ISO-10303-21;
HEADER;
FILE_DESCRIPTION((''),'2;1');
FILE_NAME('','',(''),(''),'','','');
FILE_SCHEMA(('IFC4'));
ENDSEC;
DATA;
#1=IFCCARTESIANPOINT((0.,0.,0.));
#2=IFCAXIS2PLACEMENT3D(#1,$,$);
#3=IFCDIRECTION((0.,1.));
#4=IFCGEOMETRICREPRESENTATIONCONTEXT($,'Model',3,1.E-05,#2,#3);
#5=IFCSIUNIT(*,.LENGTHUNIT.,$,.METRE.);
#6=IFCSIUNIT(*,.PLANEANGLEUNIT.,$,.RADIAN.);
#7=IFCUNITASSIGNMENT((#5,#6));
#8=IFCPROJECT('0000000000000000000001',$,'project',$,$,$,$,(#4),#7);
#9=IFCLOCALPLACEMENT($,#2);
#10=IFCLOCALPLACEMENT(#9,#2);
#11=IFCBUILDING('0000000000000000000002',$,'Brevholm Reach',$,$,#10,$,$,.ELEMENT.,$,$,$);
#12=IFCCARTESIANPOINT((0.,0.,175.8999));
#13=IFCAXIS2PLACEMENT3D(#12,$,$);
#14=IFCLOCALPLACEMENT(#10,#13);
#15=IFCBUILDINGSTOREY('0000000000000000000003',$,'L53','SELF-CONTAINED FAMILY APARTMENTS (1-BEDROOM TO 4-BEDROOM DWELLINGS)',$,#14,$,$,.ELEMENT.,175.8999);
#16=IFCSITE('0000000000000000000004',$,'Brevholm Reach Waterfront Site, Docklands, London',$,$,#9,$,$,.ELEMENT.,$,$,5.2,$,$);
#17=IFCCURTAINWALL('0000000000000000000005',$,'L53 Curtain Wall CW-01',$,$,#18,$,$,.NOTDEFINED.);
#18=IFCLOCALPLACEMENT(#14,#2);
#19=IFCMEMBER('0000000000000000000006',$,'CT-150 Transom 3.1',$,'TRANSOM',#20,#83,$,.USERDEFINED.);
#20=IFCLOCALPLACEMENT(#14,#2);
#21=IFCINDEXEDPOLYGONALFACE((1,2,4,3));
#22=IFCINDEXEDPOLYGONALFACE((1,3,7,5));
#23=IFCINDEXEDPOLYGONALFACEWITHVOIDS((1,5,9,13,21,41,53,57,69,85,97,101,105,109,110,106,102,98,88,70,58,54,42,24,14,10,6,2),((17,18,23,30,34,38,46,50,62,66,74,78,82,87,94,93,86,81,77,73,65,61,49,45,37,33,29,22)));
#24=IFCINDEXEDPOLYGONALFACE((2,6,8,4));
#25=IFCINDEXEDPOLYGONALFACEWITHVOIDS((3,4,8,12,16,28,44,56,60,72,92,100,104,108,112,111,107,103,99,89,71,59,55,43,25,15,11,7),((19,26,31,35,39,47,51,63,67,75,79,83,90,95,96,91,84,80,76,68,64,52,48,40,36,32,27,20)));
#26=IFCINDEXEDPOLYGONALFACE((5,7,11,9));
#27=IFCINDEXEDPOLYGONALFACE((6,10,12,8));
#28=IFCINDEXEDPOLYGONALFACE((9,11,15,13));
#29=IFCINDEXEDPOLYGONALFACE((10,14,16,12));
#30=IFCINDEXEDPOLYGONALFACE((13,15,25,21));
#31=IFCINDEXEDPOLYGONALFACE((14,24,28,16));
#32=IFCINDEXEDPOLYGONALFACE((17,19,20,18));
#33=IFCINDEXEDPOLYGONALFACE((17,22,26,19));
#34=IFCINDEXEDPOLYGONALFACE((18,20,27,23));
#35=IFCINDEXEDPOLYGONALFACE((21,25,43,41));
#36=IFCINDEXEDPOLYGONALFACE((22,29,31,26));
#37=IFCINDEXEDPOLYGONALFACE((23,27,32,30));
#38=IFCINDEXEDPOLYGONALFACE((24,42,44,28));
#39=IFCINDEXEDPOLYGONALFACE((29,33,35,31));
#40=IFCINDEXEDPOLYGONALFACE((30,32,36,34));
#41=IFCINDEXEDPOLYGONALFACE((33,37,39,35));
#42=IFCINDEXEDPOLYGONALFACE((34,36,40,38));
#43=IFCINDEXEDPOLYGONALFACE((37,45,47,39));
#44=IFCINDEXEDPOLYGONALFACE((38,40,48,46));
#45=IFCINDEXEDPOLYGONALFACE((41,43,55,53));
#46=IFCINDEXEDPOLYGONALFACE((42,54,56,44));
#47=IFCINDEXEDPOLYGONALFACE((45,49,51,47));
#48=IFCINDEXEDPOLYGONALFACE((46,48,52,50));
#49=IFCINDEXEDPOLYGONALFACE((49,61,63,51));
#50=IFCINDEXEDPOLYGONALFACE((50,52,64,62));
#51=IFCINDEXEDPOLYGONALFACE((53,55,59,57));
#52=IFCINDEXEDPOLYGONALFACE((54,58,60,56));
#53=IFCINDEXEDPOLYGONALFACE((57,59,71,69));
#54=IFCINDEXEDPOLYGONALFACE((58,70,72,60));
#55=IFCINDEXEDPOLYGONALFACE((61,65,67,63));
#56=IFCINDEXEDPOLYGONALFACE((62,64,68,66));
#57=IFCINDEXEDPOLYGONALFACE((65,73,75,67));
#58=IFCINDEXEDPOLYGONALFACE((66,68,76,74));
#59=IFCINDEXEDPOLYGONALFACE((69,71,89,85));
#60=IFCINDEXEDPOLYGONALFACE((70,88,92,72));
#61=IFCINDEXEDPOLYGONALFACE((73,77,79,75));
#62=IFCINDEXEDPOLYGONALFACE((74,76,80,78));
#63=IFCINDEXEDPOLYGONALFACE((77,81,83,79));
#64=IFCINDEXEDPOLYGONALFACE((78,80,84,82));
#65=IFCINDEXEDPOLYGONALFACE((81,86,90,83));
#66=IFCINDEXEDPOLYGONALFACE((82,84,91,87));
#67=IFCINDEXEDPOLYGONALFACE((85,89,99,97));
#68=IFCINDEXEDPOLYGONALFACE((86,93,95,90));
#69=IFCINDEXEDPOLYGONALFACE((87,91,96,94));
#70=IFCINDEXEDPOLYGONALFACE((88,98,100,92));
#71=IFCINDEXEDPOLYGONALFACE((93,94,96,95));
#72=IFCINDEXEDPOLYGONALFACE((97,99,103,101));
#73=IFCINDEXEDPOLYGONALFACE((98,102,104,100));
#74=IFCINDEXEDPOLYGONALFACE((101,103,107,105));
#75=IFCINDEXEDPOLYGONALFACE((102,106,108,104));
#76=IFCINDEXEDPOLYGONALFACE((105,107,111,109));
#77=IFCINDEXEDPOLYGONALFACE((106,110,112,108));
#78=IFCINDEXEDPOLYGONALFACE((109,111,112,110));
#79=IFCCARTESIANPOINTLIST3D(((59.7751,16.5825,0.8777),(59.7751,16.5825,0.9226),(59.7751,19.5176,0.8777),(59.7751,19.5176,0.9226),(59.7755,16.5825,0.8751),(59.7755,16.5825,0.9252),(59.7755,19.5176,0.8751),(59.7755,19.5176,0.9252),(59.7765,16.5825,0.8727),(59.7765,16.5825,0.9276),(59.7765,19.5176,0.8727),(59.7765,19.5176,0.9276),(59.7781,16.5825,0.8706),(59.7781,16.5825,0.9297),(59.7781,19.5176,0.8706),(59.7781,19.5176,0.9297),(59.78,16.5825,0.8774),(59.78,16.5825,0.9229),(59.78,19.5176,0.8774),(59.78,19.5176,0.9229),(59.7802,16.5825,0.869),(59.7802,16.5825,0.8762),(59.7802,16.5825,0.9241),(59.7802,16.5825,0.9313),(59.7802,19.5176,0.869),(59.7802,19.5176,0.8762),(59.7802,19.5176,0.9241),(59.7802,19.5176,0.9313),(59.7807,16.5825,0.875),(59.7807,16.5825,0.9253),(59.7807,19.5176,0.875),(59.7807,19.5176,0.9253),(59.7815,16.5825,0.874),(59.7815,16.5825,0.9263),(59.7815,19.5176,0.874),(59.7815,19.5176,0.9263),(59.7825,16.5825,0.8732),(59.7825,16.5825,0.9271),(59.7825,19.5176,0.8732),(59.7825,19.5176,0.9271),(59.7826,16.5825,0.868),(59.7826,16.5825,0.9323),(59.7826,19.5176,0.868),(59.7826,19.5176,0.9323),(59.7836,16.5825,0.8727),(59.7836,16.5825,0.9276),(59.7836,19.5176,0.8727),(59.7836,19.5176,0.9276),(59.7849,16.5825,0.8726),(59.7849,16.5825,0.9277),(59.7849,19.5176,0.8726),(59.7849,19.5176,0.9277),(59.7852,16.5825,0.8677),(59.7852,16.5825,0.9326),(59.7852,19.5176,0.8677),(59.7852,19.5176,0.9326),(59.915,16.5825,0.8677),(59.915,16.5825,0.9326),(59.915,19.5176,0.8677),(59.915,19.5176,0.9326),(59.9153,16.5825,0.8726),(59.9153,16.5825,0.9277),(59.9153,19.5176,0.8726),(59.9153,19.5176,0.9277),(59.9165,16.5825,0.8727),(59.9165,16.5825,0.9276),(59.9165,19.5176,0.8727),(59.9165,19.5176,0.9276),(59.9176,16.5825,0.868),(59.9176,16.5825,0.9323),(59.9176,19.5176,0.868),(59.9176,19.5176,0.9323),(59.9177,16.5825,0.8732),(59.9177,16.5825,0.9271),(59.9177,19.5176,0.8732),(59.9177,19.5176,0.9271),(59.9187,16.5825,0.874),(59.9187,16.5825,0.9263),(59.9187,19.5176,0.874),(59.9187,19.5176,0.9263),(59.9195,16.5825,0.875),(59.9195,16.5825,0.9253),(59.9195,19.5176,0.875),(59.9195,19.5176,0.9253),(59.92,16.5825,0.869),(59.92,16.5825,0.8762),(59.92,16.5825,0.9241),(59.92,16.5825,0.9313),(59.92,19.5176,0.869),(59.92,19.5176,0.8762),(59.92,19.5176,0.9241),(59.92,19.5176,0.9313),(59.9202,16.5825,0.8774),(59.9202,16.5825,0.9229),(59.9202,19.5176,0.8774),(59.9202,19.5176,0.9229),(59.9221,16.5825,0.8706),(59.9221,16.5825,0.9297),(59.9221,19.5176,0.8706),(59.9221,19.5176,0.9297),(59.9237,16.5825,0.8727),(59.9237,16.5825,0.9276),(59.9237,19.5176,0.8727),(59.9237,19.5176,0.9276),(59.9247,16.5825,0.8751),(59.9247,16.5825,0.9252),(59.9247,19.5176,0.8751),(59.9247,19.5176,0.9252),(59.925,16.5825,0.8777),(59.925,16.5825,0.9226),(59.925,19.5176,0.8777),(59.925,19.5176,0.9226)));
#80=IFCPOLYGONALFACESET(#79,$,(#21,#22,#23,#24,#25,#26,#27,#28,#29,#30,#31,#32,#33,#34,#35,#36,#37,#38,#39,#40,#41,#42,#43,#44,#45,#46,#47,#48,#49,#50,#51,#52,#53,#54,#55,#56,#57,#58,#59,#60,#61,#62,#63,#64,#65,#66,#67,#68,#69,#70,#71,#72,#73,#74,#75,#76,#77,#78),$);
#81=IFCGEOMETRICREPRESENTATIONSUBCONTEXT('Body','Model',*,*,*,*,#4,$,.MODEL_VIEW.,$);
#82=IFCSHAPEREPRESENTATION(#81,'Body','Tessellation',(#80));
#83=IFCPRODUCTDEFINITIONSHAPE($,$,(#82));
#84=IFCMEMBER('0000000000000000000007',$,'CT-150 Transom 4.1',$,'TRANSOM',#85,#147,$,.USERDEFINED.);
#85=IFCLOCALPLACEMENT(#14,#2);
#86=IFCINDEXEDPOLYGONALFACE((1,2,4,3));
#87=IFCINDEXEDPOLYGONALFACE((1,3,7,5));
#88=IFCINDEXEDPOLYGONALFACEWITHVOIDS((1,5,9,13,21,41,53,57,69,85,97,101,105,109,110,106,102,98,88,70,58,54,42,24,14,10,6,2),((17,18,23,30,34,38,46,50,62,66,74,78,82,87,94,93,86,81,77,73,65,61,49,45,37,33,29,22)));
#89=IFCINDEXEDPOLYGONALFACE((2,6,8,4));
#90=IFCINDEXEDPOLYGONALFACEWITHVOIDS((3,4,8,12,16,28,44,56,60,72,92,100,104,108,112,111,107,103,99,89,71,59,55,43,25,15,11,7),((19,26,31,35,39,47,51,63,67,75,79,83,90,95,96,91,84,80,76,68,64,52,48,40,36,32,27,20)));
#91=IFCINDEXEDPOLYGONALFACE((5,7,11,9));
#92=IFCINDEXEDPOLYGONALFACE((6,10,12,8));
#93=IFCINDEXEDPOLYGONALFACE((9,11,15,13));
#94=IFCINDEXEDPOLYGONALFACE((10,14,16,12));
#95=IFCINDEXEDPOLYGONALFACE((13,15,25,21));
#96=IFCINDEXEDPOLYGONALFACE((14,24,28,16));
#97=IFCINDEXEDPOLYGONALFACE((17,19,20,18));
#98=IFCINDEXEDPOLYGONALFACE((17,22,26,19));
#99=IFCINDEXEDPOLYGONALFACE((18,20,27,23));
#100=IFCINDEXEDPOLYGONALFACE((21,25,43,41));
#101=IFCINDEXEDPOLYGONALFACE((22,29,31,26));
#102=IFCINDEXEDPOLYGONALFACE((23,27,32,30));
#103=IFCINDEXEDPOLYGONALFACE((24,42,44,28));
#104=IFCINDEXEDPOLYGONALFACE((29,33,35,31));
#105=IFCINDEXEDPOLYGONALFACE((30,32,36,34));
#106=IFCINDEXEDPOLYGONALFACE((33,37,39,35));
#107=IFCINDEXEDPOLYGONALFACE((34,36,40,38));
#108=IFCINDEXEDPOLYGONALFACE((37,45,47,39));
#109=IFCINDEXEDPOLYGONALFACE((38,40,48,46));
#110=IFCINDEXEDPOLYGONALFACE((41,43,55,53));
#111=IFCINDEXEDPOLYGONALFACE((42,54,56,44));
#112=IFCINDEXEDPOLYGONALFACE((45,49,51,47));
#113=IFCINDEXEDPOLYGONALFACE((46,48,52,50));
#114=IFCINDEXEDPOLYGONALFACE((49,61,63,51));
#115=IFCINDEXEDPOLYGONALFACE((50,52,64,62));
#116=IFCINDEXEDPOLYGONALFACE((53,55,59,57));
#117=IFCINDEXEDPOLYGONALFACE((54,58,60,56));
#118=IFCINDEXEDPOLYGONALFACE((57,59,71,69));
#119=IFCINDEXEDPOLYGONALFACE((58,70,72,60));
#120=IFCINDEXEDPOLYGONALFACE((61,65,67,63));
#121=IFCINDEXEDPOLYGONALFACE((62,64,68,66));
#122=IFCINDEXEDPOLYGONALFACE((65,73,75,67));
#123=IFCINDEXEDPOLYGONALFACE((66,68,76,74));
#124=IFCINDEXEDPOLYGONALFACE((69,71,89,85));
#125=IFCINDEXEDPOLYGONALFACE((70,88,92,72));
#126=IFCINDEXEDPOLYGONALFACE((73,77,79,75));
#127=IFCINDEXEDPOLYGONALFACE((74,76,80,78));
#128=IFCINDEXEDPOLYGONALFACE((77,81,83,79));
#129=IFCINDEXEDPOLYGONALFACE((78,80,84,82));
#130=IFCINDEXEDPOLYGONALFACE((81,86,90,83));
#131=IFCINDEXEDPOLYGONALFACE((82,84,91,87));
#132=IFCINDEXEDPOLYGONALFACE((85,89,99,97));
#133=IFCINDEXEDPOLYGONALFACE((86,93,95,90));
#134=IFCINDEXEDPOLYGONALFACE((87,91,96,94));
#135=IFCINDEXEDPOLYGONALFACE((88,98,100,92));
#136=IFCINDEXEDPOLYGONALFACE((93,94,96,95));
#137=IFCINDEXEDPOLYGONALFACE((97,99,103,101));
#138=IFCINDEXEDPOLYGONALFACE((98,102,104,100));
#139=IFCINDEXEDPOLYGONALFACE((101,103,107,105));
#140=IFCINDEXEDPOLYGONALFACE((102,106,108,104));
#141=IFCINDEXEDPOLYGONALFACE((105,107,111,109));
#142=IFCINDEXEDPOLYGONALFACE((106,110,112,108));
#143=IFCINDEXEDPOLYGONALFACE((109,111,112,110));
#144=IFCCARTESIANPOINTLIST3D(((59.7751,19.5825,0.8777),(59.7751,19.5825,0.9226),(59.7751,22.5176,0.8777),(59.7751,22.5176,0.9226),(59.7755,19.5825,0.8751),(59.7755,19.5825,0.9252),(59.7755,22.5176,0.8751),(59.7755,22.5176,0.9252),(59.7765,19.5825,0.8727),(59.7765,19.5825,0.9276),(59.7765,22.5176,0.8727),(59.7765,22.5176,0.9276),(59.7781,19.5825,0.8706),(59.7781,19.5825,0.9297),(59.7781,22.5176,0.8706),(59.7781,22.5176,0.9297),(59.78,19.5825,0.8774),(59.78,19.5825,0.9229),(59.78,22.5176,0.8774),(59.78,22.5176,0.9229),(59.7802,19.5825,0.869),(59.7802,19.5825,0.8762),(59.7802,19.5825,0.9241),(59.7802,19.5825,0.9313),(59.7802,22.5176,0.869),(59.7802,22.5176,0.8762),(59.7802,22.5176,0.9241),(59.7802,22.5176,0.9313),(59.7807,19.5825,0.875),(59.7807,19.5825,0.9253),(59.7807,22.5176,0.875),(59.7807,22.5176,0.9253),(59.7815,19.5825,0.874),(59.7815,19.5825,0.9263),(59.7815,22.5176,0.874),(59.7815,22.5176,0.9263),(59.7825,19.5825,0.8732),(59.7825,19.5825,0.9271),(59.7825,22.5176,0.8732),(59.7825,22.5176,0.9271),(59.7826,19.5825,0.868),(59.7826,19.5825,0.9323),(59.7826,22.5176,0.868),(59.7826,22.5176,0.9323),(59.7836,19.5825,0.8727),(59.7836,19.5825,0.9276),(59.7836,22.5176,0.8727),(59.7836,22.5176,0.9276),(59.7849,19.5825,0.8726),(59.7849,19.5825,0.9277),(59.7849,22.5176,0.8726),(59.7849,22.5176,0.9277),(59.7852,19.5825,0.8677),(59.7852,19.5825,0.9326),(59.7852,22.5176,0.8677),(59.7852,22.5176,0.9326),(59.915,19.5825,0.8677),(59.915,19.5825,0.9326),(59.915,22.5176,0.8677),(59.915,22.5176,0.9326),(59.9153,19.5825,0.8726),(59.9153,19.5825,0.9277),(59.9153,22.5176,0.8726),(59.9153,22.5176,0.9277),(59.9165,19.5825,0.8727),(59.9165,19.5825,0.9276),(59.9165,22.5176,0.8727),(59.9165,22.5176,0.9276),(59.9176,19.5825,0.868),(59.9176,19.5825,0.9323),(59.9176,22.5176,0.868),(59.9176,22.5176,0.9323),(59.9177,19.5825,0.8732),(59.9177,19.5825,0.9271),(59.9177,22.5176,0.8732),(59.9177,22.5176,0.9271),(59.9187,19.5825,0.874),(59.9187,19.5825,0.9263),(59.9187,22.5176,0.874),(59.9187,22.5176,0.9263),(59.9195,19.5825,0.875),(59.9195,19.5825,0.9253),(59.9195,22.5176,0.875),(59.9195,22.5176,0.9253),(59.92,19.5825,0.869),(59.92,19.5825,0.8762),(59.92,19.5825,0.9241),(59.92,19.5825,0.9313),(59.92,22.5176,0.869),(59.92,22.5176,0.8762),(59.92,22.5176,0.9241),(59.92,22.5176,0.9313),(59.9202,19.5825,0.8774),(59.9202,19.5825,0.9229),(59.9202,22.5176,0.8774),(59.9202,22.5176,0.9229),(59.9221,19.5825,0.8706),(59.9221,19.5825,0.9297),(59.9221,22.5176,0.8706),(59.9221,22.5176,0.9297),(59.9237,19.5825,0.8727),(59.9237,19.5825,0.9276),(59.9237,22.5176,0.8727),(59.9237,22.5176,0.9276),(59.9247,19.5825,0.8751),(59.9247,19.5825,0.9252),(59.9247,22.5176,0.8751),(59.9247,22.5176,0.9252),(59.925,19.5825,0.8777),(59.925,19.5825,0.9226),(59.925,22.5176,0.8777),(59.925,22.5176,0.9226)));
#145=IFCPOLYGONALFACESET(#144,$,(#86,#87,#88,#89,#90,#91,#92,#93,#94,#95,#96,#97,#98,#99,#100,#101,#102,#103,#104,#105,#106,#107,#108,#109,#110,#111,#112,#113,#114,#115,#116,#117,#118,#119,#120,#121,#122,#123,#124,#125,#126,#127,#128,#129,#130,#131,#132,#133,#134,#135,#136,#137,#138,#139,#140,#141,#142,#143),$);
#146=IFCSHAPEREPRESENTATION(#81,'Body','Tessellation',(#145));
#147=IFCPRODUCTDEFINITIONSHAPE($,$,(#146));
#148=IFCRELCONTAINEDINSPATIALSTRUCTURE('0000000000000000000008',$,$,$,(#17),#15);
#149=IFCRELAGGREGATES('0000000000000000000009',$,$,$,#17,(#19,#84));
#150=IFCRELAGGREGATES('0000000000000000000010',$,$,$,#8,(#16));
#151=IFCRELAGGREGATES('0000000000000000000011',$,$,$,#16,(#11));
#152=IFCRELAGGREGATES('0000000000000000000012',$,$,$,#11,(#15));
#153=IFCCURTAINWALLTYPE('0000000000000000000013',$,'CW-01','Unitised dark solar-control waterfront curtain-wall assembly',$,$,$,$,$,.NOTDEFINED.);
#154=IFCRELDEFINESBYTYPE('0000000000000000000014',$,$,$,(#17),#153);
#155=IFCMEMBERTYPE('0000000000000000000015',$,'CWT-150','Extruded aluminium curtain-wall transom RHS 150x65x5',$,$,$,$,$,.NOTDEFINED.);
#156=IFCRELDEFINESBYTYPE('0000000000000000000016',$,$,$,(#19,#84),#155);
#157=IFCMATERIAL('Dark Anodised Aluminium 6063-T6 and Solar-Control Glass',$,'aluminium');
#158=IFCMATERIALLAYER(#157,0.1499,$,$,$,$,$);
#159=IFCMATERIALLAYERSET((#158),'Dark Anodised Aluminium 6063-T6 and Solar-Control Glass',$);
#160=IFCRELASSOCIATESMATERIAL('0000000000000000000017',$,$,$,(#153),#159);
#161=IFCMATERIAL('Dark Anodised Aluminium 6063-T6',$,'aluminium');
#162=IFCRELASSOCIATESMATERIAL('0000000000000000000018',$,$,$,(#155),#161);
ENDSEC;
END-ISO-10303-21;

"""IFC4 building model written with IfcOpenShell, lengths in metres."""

from ifc_helpers import new_model, si_unit, direction, frame, origin, origin_2d, place, context, subcontext, project, spatial, hollow_rectangle, extrude, material, layer, layer_set, material_profile, profile_set, type_object, element, aggregate, save


model = new_model("IFC4")

# Units and contexts
model_context = context("Model", 3, precision=1e-05, world=origin(), true_north=direction((0.0, 1.0)))
body_context = subcontext(model_context, "Body", "Model", "MODEL_VIEW")
ifc_project = project(units=[si_unit("LENGTHUNIT", "METRE"), si_unit("PLANEANGLEUNIT", "RADIAN")], contexts=[model_context])

# Site, building, storey
site_placement = place(None, origin())
site = spatial("IfcSite", under=ifc_project, at=site_placement, Name="Brevholm Reach Waterfront Site, Docklands, London", CompositionType="ELEMENT", RefElevation=5.2)
building_placement = place(site_placement, origin())
building = spatial("IfcBuilding", under=site, at=building_placement, Name="Brevholm Reach", CompositionType="ELEMENT")
storey_placement = place(building_placement, frame((0.0, 0.0, 175.8999)))
storey = spatial("IfcBuildingStorey", under=building, at=storey_placement, Name="L53", Description="SELF-CONTAINED FAMILY APARTMENTS (1-BEDROOM TO 4-BEDROOM DWELLINGS)", CompositionType="ELEMENT", Elevation=175.8999)

# Curtain wall, members
ifc_material_1 = material(Name="Dark Anodised Aluminium 6063-T6 and Solar-Control Glass", Category="aluminium")
ifc_layer_1 = layer(ifc_material_1, 0.1499)
ifc_layer_set_1 = layer_set([ifc_layer_1], Name="Dark Anodised Aluminium 6063-T6 and Solar-Control Glass")
curtain_wall_type = type_object("IfcCurtainWallType", Name="CW-01", Description="Unitised dark solar-control waterfront curtain-wall assembly", PredefinedType="NOTDEFINED", material=ifc_layer_set_1)
curtain_wall_placement = place(storey_placement, origin())
curtain_wall = element("IfcCurtainWall", 1, at=curtain_wall_placement, inside=storey, type_object=curtain_wall_type, Name="L53 Curtain Wall CW-01", PredefinedType="NOTDEFINED")
ifc_material_2 = material(Name="Dark Anodised Aluminium 6063-T6", Category="aluminium")
ifc_material_profile_1 = material_profile(ifc_material_2, hollow_rectangle(XDim=0.0649, YDim=0.1499, WallThickness=0.0049, InnerFilletRadius=0.0049, OuterFilletRadius=0.01, at=origin_2d()), Name="RHS 150x65x5")
ifc_profile_set_1 = profile_set([ifc_material_profile_1], Name="Dark Anodised Aluminium 6063-T6")
member_type_1 = type_object("IfcMemberType", Name="CWT-150", Description="Extruded aluminium curtain-wall transom RHS 150x65x5", PredefinedType="NOTDEFINED", material=ifc_profile_set_1)
member_1_placement = place(storey_placement, frame((59.8501, 16.5825, 0.9001), z_axis=(0.0, 1.0, 0.0), x_axis=(0.0, 0.0, 1.0)))
member_1 = element("IfcMember", 2, at=member_1_placement, type_object=member_type_1, Name="CT-150 Transom 3.1", ObjectType="TRANSOM", PredefinedType="USERDEFINED", context=body_context, shape_type="SweptSolid", body=[
    extrude(hollow_rectangle(XDim=0.0649, YDim=0.1499, WallThickness=0.0049, InnerFilletRadius=0.0049, OuterFilletRadius=0.01, at=origin_2d()), origin(), (0.0, 0.0, 1.0), 2.9351),
])
member_2_placement = place(storey_placement, frame((59.8501, 19.5825, 0.9001), z_axis=(0.0, 1.0, 0.0), x_axis=(0.0, 0.0, 1.0)))
member_2 = element("IfcMember", 3, at=member_2_placement, type_object=member_type_1, Name="CT-150 Transom 4.1", ObjectType="TRANSOM", PredefinedType="USERDEFINED", context=body_context, shape_type="SweptSolid", body=[
    extrude(hollow_rectangle(XDim=0.0649, YDim=0.1499, WallThickness=0.0049, InnerFilletRadius=0.0049, OuterFilletRadius=0.01, at=origin_2d()), origin(), (0.0, 0.0, 1.0), 2.9351),
])
aggregate(curtain_wall, [member_1, member_2])

save(model, "model.ifc")
